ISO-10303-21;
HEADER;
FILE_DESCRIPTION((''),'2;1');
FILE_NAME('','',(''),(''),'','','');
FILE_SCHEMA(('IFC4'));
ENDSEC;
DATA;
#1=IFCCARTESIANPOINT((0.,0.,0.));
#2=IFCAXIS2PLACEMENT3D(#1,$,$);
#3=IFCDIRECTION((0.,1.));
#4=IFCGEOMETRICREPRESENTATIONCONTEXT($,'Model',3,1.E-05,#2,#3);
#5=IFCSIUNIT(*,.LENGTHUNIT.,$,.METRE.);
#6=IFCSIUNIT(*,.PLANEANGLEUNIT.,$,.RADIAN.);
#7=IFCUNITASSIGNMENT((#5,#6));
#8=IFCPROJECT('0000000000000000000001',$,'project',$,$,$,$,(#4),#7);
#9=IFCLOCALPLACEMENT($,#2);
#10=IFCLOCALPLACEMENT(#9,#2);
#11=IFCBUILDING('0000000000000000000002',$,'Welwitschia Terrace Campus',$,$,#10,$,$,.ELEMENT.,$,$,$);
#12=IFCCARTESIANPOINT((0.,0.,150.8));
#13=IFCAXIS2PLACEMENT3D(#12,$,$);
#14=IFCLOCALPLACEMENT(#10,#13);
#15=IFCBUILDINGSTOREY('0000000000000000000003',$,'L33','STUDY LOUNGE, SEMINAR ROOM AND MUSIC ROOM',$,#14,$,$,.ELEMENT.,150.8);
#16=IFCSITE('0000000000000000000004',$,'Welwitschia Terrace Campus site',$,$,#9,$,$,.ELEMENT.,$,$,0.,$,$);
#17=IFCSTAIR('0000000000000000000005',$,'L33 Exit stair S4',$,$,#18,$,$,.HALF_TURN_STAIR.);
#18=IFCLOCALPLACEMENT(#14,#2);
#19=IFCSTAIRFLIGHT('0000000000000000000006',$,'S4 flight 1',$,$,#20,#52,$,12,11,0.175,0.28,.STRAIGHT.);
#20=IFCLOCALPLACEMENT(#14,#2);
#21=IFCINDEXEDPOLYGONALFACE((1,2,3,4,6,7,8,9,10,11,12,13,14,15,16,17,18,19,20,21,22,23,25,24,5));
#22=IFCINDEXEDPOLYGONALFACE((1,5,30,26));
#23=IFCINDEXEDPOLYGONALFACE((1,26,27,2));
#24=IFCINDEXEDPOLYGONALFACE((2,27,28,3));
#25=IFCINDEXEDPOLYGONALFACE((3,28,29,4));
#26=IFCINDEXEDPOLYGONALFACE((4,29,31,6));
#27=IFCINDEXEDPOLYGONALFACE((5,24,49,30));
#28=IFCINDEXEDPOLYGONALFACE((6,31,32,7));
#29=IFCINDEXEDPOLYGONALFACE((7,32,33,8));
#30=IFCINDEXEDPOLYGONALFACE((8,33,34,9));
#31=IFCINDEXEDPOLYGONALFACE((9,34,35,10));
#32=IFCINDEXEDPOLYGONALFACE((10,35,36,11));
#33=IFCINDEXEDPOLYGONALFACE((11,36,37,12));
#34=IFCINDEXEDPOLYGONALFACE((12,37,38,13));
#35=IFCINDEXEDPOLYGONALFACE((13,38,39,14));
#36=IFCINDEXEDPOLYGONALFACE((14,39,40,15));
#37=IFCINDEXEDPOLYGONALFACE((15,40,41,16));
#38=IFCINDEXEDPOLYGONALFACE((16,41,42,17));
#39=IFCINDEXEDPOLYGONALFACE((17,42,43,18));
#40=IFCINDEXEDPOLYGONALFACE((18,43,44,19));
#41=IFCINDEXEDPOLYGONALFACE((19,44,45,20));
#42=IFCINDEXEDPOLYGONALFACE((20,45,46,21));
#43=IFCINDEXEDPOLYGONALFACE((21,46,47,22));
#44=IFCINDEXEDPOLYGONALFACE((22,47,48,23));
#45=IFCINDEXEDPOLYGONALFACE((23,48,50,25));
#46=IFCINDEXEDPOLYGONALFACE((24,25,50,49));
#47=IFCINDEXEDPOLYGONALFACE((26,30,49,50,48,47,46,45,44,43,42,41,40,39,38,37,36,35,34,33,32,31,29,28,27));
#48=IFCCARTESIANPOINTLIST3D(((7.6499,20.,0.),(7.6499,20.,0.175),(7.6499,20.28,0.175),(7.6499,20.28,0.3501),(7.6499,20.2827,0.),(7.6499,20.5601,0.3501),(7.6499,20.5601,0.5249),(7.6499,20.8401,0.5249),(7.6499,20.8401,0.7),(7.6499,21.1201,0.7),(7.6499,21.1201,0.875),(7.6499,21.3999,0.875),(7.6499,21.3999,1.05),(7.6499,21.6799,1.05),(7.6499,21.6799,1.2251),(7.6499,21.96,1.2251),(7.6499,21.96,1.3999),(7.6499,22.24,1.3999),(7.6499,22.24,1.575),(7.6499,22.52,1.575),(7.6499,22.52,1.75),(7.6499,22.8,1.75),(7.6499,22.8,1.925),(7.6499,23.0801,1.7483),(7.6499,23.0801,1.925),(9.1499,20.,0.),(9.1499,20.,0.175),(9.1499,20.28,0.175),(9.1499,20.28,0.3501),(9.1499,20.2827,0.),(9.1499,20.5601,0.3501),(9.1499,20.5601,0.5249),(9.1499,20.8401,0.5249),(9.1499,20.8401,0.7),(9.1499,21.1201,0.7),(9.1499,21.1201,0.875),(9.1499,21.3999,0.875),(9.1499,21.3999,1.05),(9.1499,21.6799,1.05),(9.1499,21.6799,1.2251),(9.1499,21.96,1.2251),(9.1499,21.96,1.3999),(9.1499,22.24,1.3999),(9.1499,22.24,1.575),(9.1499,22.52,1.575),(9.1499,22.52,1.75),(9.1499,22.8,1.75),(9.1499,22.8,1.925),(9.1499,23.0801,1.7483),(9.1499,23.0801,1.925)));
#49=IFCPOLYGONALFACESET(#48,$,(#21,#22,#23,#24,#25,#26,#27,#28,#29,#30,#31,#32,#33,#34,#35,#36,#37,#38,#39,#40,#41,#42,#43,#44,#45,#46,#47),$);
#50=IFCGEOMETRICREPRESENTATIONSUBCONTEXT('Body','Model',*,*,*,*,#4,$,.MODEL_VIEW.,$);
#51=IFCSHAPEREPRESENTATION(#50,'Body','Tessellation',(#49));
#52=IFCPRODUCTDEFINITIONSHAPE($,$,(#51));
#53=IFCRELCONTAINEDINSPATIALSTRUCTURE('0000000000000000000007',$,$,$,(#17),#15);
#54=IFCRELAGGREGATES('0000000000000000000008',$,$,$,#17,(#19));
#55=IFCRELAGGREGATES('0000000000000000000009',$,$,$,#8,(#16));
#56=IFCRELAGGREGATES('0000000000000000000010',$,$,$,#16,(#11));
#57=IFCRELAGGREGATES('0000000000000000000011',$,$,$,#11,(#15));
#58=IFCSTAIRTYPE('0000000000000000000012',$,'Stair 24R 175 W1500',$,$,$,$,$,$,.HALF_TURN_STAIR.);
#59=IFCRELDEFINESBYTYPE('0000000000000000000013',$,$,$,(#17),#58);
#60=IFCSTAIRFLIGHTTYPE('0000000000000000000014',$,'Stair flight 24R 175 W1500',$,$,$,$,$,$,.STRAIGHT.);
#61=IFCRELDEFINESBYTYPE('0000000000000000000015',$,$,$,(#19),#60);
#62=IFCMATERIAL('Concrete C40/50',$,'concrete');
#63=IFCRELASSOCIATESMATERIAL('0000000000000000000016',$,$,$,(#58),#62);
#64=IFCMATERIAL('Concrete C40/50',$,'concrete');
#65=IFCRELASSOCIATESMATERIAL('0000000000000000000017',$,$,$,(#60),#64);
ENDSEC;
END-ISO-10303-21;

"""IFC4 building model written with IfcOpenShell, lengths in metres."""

from ifc_helpers import new_model, si_unit, direction, frame, origin, place, context, subcontext, project, spatial, polyline, outline, extrude, material, type_object, element, aggregate, save


model = new_model("IFC4")

# Units and contexts
model_context = context("Model", 3, precision=1e-05, world=origin(), true_north=direction((0.0, 1.0)))
body_context = subcontext(model_context, "Body", "Model", "MODEL_VIEW")
ifc_project = project(units=[si_unit("LENGTHUNIT", "METRE"), si_unit("PLANEANGLEUNIT", "RADIAN")], contexts=[model_context])

# Site, building, storey
site_placement = place(None, origin())
site = spatial("IfcSite", under=ifc_project, at=site_placement, Name="Welwitschia Terrace Campus site", CompositionType="ELEMENT", RefElevation=0.0)
building_placement = place(site_placement, origin())
building = spatial("IfcBuilding", under=site, at=building_placement, Name="Welwitschia Terrace Campus", CompositionType="ELEMENT")
storey_placement = place(building_placement, frame((0.0, 0.0, 150.8)))
storey = spatial("IfcBuildingStorey", under=building, at=storey_placement, Name="L33", Description="STUDY LOUNGE, SEMINAR ROOM AND MUSIC ROOM", CompositionType="ELEMENT", Elevation=150.8)

# Stair, stair flight
ifc_material_1 = material(Name="Concrete C40/50", Category="concrete")
stair_type = type_object("IfcStairType", Name="Stair 24R 175 W1500", PredefinedType="HALF_TURN_STAIR", material=ifc_material_1)
ifc_material_2 = material(Name="Concrete C40/50", Category="concrete")
stair_flight_type = type_object("IfcStairFlightType", Name="Stair flight 24R 175 W1500", PredefinedType="STRAIGHT", material=ifc_material_2)
stair_1_placement = place(storey_placement, origin())
stair_1 = element("IfcStair", 1, at=stair_1_placement, inside=storey, type_object=stair_type, Name="L33 Exit stair S4", PredefinedType="HALF_TURN_STAIR")
stair_flight_1_placement = place(storey_placement, frame((8.3999, 20.0, 0.0), z_axis=(0.0, 0.0, 1.0), x_axis=(0.0, 1.0, 0.0)))
stair_flight_1 = element("IfcStairFlight", 2, at=stair_flight_1_placement, type_object=stair_flight_type, Name="S4 flight 1", NumberOfRisers=12, NumberOfTreads=11, PredefinedType="STRAIGHT", RiserHeight=0.175, TreadLength=0.28, context=body_context, shape_type="SweptSolid", body=[
    extrude(outline(polyline([(0.0, 0.0), (0.0, 0.175), (0.28, 0.175), (0.28, 0.3501), (0.5601, 0.3501), (0.5601, 0.5249), (0.8401, 0.5249), (0.8401, 0.7), (1.1201, 0.7), (1.1201, 0.875), (1.3999, 0.875), (1.3999, 1.05), (1.6799, 1.05), (1.6799, 1.2251), (1.96, 1.2251), (1.96, 1.3999), (2.24, 1.3999), (2.24, 1.575), (2.52, 1.575), (2.52, 1.75), (2.8, 1.75), (2.8, 1.925), (3.0801, 1.925), (3.0801, 2.1001), (3.0801, 1.7483), (0.2827, 0.0), (0.0, 0.0)])), frame((0.0, 0.75, 0.0), z_axis=(0.0, -1.0, 0.0), x_axis=(1.0, 0.0, 0.0)), (0.0, 0.0, 1.0), 1.5),
])
aggregate(stair_1, [stair_flight_1])

save(model, "model.ifc")
